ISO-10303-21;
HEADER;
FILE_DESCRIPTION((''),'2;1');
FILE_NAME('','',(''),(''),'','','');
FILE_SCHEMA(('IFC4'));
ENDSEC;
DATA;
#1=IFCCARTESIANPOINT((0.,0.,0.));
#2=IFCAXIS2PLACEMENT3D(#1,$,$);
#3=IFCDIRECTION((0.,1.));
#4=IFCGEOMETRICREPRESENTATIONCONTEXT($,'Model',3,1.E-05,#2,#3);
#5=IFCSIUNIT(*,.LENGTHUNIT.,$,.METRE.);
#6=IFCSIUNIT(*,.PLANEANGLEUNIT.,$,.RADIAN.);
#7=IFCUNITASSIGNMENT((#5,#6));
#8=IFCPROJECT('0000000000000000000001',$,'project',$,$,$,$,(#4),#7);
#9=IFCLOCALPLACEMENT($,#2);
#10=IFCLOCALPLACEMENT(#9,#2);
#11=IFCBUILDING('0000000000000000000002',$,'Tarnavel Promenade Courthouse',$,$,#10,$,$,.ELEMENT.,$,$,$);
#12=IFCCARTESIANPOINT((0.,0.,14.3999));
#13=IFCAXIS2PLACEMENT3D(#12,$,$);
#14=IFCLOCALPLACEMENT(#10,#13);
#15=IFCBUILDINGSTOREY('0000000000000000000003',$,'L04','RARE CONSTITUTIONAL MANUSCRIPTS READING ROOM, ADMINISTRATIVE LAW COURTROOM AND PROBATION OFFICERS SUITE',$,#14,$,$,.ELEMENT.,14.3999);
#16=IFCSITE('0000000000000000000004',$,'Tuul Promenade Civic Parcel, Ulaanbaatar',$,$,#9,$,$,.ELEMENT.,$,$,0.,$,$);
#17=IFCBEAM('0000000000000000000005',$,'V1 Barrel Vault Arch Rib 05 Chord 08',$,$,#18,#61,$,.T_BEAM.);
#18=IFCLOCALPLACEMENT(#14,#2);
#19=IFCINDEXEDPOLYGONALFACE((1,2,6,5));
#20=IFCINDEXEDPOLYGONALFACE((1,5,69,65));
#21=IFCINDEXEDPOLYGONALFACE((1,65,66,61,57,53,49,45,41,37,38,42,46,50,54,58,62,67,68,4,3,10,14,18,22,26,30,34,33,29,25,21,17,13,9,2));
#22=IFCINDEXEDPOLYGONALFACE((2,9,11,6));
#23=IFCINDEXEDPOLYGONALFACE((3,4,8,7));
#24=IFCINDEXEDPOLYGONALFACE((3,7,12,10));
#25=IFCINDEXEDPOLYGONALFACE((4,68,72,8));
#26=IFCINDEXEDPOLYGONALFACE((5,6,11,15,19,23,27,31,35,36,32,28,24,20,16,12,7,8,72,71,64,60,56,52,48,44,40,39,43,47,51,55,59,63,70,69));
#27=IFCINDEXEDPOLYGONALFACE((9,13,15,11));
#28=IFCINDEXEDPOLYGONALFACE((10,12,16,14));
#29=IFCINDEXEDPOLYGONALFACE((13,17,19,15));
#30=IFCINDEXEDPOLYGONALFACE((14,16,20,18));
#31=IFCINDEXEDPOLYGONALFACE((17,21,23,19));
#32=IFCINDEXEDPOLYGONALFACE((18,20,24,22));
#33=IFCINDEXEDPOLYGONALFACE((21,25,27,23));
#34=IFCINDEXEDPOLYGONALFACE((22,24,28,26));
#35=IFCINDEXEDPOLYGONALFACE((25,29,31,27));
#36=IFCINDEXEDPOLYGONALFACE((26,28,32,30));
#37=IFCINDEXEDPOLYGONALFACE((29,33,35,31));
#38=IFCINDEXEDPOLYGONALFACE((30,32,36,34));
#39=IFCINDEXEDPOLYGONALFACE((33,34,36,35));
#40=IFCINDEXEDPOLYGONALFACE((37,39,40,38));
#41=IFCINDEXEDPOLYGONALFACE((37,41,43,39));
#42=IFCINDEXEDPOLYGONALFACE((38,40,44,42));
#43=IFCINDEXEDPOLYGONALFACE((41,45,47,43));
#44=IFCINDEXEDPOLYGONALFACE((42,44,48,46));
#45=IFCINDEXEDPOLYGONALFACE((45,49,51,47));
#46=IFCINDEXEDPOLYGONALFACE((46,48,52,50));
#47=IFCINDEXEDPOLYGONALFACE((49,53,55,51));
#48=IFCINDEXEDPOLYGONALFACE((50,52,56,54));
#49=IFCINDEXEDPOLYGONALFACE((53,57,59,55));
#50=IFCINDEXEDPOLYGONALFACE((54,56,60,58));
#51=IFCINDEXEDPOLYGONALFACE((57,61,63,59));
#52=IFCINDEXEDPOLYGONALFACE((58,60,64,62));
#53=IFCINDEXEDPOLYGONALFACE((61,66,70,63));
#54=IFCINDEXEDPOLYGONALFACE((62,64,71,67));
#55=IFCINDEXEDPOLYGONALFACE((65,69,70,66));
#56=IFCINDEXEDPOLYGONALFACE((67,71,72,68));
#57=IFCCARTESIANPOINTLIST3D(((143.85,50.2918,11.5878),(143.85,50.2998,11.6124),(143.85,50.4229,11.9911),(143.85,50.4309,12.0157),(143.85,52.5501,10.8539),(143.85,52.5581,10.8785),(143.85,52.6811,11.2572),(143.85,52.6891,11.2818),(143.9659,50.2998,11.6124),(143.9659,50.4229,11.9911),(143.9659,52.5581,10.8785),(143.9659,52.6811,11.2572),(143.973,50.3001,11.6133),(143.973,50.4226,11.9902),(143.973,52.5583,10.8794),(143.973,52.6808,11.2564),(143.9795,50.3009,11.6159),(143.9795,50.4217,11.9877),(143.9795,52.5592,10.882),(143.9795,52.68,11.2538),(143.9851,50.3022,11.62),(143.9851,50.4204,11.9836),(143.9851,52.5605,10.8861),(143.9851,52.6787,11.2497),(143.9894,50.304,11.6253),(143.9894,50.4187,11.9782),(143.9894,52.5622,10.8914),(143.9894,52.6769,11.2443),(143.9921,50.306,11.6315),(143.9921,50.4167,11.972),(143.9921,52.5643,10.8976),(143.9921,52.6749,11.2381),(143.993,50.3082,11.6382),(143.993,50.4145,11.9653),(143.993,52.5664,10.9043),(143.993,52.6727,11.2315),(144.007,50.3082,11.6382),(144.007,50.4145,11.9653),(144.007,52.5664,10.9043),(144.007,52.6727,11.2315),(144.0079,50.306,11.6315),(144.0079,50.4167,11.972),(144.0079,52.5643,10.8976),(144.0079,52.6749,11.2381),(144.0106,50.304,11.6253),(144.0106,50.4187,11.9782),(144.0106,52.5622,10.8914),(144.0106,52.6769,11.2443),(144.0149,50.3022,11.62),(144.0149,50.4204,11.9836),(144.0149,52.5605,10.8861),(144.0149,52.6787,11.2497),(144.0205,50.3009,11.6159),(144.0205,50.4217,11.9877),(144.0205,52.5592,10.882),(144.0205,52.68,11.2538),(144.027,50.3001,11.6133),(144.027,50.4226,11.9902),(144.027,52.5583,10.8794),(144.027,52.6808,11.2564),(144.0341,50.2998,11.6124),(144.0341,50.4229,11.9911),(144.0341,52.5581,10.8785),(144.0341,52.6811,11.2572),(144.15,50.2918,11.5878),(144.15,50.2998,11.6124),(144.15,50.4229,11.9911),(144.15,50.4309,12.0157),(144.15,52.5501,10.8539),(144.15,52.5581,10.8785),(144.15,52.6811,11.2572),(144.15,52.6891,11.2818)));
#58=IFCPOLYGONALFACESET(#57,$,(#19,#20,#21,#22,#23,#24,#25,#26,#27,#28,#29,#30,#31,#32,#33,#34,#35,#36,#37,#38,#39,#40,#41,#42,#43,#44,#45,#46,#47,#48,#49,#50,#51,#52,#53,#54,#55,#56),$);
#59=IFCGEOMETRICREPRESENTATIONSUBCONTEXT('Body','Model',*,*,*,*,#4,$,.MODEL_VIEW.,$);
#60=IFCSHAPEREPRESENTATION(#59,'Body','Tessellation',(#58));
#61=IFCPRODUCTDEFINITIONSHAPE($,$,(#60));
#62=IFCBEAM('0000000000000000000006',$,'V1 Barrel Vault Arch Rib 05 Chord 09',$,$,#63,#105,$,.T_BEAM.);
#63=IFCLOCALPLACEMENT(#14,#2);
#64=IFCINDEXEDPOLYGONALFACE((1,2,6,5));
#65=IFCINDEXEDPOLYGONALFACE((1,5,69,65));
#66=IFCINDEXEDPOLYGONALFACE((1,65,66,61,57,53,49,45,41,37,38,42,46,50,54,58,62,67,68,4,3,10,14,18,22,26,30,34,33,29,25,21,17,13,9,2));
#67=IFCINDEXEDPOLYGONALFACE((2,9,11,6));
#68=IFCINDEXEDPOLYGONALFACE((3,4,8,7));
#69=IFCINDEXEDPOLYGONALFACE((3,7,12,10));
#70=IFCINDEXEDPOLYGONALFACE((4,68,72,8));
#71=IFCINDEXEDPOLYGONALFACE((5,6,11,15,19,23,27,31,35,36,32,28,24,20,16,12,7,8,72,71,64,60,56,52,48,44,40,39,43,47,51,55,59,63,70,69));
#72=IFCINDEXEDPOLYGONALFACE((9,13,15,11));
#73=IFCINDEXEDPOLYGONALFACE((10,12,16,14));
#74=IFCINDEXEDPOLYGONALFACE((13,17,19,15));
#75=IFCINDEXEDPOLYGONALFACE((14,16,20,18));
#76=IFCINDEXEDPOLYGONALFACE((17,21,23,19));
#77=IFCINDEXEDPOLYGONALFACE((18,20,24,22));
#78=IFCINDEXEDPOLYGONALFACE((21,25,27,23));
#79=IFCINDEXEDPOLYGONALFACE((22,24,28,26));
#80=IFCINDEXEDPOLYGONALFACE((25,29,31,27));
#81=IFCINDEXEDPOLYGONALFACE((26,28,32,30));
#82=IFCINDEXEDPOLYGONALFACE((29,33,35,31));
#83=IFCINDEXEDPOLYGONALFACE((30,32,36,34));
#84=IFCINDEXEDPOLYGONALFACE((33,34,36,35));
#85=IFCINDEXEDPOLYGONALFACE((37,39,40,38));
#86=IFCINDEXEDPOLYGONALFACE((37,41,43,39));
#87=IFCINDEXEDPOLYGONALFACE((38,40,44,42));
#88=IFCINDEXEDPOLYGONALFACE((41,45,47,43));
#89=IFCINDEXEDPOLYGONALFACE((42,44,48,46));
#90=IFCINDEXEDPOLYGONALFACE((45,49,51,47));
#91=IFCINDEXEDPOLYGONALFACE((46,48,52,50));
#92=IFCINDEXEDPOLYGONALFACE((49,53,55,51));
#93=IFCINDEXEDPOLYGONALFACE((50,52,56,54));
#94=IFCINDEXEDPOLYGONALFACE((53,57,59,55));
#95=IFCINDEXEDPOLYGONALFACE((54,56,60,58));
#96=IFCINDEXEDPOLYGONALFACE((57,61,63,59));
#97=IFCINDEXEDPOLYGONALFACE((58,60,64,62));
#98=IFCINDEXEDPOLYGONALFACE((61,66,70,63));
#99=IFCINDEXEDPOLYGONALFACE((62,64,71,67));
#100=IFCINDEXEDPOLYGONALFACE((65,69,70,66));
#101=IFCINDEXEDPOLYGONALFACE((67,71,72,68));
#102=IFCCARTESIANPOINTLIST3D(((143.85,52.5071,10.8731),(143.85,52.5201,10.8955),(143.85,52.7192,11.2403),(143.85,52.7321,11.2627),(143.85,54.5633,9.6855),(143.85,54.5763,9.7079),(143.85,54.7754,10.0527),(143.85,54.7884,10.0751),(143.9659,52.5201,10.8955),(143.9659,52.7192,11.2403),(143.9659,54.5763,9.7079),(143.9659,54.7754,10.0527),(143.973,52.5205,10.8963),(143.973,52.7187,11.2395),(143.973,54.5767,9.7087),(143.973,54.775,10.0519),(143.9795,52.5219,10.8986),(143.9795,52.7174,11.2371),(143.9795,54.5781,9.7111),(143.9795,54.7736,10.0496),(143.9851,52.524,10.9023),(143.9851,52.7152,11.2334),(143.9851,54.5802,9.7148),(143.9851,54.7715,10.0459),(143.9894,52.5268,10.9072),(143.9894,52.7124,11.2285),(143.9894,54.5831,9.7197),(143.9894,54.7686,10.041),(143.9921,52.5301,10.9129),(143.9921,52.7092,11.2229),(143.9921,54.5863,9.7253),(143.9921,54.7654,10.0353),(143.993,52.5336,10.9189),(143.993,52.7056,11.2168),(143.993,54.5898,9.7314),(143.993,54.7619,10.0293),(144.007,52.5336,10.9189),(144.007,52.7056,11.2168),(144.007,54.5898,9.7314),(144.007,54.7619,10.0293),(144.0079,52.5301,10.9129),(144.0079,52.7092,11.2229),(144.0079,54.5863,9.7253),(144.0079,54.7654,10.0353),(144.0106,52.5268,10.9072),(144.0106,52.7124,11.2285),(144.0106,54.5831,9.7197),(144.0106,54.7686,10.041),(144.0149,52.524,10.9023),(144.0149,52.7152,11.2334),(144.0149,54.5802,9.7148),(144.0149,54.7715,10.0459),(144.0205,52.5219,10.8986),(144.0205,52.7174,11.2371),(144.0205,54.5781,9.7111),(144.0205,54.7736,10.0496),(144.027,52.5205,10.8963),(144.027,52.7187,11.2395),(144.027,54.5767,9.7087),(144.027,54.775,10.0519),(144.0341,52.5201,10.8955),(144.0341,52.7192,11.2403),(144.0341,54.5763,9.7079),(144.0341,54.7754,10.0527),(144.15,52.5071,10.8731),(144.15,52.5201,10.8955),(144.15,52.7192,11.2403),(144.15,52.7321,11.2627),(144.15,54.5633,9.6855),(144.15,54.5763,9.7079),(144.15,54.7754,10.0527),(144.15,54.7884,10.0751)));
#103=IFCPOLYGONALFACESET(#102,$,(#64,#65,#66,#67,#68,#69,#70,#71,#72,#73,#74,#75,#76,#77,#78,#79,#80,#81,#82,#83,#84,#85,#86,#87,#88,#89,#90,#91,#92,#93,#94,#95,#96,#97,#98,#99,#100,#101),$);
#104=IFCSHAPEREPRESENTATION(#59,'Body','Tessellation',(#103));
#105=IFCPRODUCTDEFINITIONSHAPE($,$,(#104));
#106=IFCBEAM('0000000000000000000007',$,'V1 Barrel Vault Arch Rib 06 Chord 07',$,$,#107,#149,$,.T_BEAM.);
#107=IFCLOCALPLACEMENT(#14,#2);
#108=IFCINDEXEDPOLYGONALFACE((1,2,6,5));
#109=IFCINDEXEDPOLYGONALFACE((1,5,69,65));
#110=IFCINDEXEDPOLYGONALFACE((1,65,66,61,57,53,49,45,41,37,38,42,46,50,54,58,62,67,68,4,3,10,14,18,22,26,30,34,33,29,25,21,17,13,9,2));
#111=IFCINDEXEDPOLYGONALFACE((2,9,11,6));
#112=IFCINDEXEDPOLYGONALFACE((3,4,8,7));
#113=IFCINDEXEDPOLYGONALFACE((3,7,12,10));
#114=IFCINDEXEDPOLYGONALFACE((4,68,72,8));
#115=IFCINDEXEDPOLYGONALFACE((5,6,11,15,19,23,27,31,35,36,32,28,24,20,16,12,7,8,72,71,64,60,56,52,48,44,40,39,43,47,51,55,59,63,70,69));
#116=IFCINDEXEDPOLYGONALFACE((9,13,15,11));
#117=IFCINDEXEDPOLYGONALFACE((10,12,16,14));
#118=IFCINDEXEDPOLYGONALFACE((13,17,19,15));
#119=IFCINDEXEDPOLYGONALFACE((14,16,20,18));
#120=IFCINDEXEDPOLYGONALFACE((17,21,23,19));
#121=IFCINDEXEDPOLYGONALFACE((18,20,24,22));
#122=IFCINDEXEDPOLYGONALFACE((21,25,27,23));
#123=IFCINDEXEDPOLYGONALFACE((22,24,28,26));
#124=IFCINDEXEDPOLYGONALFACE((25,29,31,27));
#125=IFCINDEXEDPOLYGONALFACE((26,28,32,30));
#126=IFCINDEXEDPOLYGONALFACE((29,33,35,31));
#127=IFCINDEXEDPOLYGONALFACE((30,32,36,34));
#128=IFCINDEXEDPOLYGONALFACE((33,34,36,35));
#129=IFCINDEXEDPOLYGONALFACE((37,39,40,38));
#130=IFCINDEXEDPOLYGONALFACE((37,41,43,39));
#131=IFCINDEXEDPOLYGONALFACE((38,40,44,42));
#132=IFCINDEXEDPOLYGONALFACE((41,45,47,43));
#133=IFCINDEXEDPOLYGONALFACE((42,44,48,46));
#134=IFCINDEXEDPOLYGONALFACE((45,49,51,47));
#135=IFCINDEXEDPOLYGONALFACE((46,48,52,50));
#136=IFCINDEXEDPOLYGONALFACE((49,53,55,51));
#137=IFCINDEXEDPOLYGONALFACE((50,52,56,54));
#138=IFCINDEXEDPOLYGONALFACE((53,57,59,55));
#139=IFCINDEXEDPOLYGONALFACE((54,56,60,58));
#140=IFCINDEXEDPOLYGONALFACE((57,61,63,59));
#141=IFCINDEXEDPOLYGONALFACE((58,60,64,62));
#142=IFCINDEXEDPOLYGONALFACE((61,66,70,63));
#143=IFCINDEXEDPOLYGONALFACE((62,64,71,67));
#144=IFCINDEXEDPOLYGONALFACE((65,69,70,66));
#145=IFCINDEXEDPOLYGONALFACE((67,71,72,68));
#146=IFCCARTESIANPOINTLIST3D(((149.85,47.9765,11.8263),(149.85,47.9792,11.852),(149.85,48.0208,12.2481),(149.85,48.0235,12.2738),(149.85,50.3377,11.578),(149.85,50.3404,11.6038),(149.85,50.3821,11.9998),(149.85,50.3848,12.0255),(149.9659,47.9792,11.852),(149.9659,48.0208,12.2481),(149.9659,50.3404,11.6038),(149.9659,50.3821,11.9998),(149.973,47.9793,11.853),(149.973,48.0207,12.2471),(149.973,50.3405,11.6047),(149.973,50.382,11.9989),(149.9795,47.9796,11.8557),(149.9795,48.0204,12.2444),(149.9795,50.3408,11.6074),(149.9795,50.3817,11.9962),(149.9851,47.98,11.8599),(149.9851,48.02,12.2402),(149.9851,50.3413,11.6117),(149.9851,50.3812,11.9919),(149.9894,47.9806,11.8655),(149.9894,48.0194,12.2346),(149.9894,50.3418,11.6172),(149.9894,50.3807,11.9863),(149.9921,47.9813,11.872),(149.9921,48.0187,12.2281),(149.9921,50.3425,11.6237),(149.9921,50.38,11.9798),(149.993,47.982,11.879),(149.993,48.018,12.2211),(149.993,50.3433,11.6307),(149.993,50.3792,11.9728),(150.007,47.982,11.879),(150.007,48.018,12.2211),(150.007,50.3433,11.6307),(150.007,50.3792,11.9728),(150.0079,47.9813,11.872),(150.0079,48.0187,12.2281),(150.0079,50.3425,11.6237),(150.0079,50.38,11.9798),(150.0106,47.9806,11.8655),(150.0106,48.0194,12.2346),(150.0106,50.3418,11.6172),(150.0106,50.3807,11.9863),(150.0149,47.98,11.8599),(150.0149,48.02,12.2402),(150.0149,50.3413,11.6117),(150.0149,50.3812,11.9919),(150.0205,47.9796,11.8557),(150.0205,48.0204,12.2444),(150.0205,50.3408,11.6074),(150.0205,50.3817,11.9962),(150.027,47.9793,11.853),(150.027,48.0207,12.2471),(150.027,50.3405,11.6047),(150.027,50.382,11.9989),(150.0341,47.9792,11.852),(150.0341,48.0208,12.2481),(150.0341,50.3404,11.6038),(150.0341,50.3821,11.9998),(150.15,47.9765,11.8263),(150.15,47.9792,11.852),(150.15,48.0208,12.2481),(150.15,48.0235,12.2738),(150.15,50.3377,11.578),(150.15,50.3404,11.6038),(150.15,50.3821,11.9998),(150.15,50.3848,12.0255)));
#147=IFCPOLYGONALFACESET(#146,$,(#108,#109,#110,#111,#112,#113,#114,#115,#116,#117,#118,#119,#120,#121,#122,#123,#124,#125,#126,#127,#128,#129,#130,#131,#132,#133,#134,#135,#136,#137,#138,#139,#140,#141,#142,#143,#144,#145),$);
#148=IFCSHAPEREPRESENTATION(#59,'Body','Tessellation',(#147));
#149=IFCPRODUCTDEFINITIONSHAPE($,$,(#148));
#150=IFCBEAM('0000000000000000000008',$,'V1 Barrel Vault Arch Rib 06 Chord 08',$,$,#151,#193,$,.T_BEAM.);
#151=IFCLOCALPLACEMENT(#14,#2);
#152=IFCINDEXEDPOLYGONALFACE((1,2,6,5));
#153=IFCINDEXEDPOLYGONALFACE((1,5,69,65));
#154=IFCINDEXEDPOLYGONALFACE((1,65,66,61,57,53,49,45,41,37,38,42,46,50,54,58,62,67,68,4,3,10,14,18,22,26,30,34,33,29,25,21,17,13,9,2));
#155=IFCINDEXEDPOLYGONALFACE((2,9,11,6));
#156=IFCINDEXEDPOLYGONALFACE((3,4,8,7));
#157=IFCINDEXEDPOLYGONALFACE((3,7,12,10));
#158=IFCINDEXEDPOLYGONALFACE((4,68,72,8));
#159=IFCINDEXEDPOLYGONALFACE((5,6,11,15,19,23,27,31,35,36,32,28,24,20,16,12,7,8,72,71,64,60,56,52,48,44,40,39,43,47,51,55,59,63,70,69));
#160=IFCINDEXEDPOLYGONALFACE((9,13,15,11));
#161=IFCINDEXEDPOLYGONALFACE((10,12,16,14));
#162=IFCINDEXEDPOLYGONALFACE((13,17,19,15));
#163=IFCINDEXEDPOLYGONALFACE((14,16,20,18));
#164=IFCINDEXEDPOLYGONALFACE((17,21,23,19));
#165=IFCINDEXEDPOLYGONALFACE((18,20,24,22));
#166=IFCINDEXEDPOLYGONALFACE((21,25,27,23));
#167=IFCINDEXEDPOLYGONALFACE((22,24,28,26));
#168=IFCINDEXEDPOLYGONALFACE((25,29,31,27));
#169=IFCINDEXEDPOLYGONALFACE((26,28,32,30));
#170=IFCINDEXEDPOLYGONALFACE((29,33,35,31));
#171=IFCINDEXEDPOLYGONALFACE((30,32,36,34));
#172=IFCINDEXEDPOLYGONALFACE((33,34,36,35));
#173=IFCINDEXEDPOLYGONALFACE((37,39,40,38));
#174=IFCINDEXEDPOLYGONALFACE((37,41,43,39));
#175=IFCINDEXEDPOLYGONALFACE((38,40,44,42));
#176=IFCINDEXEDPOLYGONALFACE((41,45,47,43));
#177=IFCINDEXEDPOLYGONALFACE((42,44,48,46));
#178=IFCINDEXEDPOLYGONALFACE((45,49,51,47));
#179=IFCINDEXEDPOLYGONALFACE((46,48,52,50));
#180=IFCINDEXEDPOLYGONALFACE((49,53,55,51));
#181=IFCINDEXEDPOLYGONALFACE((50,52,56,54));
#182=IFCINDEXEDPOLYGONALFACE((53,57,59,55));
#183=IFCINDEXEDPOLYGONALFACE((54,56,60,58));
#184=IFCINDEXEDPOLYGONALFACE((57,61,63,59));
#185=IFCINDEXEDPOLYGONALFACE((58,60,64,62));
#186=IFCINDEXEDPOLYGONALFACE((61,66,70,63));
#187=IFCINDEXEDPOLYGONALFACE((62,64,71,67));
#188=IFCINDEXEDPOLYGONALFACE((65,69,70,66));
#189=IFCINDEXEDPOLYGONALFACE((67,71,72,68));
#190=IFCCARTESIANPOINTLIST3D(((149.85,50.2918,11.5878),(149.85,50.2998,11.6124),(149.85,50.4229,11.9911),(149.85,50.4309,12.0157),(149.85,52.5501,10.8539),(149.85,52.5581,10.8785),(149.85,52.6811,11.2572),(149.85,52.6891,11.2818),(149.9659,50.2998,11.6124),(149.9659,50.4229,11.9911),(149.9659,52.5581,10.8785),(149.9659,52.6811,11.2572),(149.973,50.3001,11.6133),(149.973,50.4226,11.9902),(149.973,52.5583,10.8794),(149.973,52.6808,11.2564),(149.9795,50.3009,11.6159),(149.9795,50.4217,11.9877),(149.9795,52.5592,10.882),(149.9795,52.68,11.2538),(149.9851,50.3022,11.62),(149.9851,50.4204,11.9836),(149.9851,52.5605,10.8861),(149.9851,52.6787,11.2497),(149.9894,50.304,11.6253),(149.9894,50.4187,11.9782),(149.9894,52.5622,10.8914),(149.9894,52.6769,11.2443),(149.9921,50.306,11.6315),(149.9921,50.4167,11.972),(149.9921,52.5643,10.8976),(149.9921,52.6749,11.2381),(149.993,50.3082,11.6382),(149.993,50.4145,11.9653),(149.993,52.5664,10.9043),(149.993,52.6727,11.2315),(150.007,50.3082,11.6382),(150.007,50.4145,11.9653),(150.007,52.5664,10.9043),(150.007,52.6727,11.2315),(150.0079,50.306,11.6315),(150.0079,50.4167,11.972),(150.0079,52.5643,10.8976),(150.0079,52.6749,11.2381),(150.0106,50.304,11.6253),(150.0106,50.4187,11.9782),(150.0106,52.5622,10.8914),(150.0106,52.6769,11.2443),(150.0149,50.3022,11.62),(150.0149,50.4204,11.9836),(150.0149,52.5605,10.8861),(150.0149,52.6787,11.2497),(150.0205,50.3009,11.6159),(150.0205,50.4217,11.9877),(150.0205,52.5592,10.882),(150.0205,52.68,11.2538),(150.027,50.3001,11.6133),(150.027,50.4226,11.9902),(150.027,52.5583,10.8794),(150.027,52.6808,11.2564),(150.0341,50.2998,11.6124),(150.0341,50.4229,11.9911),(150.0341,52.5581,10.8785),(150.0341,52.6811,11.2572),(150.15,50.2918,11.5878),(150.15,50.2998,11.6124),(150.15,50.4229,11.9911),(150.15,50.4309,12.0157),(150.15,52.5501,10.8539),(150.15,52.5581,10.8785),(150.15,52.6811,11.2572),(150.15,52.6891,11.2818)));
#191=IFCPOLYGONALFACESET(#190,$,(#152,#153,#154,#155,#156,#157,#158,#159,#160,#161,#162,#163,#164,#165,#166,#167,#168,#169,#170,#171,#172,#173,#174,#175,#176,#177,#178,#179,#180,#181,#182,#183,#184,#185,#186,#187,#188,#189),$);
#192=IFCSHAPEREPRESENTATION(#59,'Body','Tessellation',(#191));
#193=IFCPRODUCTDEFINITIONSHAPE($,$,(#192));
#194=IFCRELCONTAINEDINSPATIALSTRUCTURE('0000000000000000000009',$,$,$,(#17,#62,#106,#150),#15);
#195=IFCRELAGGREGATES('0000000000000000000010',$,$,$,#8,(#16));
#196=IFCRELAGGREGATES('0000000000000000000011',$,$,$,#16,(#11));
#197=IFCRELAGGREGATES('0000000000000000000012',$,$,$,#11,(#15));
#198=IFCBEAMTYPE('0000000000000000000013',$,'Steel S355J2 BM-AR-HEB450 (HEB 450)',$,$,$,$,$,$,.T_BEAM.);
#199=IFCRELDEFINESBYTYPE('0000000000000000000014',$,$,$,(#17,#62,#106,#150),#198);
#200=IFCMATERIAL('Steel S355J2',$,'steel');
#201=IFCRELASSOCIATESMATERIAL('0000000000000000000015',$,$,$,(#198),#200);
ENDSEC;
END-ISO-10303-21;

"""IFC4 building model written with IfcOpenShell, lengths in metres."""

from ifc_helpers import new_model, si_unit, direction, frame, origin, origin_2d, place, context, subcontext, project, spatial, i_section, extrude, material, material_profile, profile_set, type_object, element, save


model = new_model("IFC4")

# Units and contexts
model_context = context("Model", 3, precision=1e-05, world=origin(), true_north=direction((0.0, 1.0)))
body_context = subcontext(model_context, "Body", "Model", "MODEL_VIEW")
ifc_project = project(units=[si_unit("LENGTHUNIT", "METRE"), si_unit("PLANEANGLEUNIT", "RADIAN")], contexts=[model_context])

# Site, building, storey
site_placement = place(None, origin())
site = spatial("IfcSite", under=ifc_project, at=site_placement, Name="Tuul Promenade Civic Parcel, Ulaanbaatar", CompositionType="ELEMENT", RefElevation=0.0)
building_placement = place(site_placement, origin())
building = spatial("IfcBuilding", under=site, at=building_placement, Name="Tarnavel Promenade Courthouse", CompositionType="ELEMENT")
storey_placement = place(building_placement, frame((0.0, 0.0, 14.3999)))
storey = spatial("IfcBuildingStorey", under=building, at=storey_placement, Name="L04", Description="RARE CONSTITUTIONAL MANUSCRIPTS READING ROOM, ADMINISTRATIVE LAW COURTROOM AND PROBATION OFFICERS SUITE", CompositionType="ELEMENT", Elevation=14.3999)

# Beams
ifc_material_1 = material(Name="Steel S355J2", Category="steel")
ifc_material_profile_1 = material_profile(ifc_material_1, i_section(OverallWidth=0.3, OverallDepth=0.45, WebThickness=0.0139, FlangeThickness=0.0259, FilletRadius=0.0271, at=origin_2d()), Name="HEB 450")
ifc_profile_set_1 = profile_set([ifc_material_profile_1], Name="Steel S355J2")
beam_type = type_object("IfcBeamType", Name="Steel S355J2 BM-AR-HEB450 (HEB 450)", PredefinedType="T_BEAM", material=ifc_profile_set_1)
for number, where, z_axis, x_axis, name in (
    (1, (144.0, 50.3613, 11.8018), (0.0, 0.951042, -0.309063), (-1.0, 0.0, 0.0), "V1 Barrel Vault Arch Rib 05 Chord 08"),
    (2, (144.0, 52.6196, 11.0679), (0.0, 0.865956, -0.50012), (-1.0, 0.0, 0.0), "V1 Barrel Vault Arch Rib 05 Chord 09"),
):
    element("IfcBeam", number, at=place(storey_placement, frame(where, z_axis=z_axis, x_axis=x_axis)), inside=storey, type_object=beam_type, Name=name, PredefinedType="T_BEAM", context=body_context, shape_type="SweptSolid", body=[
        extrude(i_section(OverallWidth=0.3, OverallDepth=0.45, WebThickness=0.0139, FlangeThickness=0.0259, FilletRadius=0.0271, at=origin_2d()), origin(), (0.0, 0.0, 1.0), 2.3745),
    ])
beam_placement = place(storey_placement, frame((150.0, 48.0, 12.05), z_axis=(0.0, 0.994517, -0.104572), x_axis=(-1.0, 0.0, 0.0)))
element("IfcBeam", 3, at=beam_placement, inside=storey, type_object=beam_type, Name="V1 Barrel Vault Arch Rib 06 Chord 07", PredefinedType="T_BEAM", context=body_context, shape_type="SweptSolid", body=[
    extrude(i_section(OverallWidth=0.3, OverallDepth=0.45, WebThickness=0.0139, FlangeThickness=0.0259, FilletRadius=0.0271, at=origin_2d()), origin(), (0.0, 0.0, 1.0), 2.3743),
])
for number, where, z_axis, x_axis, name in (
    (4, (150.0, 50.3613, 11.8018), (0.0, 0.951042, -0.309063), (-1.0, 0.0, 0.0), "V1 Barrel Vault Arch Rib 06 Chord 08"),
):
    element("IfcBeam", number, at=place(storey_placement, frame(where, z_axis=z_axis, x_axis=x_axis)), inside=storey, type_object=beam_type, Name=name, PredefinedType="T_BEAM", context=body_context, shape_type="SweptSolid", body=[
        extrude(i_section(OverallWidth=0.3, OverallDepth=0.45, WebThickness=0.0139, FlangeThickness=0.0259, FilletRadius=0.0271, at=origin_2d()), origin(), (0.0, 0.0, 1.0), 2.3745),
    ])

save(model, "model.ifc")
